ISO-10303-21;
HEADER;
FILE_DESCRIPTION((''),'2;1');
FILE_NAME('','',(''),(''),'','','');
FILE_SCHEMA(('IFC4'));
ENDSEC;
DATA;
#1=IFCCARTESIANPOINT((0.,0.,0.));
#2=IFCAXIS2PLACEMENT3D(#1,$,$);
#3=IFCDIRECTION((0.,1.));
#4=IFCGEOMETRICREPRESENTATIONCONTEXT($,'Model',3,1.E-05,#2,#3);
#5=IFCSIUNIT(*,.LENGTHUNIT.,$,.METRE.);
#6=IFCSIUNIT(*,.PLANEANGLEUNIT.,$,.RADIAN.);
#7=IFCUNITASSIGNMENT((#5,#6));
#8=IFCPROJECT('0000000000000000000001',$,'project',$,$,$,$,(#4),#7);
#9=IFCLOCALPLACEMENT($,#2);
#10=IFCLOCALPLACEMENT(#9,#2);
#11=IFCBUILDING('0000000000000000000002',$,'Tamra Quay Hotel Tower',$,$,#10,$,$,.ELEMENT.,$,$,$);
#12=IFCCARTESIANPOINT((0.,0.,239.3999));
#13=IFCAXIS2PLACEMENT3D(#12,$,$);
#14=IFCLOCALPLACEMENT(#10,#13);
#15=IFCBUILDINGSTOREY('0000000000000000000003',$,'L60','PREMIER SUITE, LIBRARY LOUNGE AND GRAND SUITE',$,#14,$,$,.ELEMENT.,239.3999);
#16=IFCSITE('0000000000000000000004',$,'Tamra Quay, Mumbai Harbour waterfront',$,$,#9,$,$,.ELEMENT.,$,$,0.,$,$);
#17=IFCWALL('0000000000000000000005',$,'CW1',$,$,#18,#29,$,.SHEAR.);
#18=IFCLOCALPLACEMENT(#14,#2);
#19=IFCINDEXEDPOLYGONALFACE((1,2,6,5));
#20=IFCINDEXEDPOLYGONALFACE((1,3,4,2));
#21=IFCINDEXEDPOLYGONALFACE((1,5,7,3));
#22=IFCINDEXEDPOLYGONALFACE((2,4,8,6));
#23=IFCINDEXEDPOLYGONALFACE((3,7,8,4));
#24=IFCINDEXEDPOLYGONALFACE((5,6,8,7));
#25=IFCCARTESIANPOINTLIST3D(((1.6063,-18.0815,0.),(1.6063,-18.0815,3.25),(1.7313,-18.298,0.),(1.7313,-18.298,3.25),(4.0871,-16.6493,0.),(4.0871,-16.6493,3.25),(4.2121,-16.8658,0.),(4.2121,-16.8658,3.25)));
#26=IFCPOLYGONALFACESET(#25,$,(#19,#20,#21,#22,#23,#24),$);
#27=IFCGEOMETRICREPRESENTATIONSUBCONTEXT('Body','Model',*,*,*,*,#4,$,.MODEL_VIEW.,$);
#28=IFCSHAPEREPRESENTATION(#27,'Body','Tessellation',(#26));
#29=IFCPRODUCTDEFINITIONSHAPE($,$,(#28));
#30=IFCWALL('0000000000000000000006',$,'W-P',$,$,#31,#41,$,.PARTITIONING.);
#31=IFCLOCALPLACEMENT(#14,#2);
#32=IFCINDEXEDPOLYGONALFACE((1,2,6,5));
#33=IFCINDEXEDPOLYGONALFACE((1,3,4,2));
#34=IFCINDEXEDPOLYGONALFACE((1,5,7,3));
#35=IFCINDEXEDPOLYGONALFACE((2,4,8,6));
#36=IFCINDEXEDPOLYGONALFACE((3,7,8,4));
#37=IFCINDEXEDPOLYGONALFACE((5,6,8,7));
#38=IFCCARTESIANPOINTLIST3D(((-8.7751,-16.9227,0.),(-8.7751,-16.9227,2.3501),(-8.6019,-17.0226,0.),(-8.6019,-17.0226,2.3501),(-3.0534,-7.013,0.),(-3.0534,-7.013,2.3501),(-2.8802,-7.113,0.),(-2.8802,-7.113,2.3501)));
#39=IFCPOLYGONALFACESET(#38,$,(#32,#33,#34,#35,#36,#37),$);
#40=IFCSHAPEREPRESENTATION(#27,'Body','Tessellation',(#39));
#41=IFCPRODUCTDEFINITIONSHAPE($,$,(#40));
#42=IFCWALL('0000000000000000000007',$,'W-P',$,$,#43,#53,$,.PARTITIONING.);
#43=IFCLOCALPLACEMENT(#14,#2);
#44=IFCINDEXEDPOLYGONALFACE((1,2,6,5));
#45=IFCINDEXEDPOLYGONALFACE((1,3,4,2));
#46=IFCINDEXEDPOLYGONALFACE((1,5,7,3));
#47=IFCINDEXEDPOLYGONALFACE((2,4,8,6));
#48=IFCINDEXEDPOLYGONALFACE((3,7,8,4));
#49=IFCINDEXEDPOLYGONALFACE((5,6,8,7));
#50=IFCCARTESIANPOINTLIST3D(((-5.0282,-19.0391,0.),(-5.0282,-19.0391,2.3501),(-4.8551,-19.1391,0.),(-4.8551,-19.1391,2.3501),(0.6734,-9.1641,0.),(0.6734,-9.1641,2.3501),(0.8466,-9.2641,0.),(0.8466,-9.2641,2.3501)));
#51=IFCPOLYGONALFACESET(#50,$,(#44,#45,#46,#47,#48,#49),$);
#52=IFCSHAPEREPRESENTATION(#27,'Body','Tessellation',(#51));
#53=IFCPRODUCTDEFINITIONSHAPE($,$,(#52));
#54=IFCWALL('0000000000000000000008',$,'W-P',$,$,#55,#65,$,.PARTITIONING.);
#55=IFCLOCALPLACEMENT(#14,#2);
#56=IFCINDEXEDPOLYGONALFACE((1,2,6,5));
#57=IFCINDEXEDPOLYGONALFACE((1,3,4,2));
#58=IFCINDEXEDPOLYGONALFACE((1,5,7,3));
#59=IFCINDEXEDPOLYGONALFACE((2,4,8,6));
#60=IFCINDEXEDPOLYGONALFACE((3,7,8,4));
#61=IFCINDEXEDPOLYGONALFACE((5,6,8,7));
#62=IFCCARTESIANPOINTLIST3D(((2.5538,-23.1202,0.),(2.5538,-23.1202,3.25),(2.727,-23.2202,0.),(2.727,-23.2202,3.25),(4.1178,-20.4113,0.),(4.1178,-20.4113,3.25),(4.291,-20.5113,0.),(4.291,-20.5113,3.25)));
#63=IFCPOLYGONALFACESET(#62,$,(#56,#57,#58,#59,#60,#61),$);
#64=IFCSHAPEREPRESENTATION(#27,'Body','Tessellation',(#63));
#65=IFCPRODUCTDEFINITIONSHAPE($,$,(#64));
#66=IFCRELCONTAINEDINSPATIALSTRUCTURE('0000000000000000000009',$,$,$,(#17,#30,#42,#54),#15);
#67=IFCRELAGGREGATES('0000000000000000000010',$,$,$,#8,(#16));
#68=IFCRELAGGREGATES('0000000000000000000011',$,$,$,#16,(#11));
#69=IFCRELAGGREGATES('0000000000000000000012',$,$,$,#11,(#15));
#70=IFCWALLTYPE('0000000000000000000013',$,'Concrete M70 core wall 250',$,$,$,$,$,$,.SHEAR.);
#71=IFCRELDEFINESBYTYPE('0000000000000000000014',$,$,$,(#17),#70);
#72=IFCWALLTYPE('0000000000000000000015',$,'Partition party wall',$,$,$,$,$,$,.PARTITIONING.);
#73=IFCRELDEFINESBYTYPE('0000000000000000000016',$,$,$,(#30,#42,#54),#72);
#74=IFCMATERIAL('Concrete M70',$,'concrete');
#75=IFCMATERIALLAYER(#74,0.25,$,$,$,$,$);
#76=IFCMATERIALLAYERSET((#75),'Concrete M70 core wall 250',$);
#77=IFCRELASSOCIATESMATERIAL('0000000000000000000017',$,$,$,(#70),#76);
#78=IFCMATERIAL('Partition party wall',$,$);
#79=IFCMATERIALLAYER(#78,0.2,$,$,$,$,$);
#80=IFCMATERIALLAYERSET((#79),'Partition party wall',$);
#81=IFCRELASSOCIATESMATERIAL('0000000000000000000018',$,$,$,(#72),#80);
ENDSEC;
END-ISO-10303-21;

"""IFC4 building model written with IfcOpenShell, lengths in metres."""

from ifc_helpers import new_model, si_unit, direction, frame, frame_2d, origin, place, context, subcontext, project, spatial, rectangle, extrude, material, layer, layer_set, type_object, element, save


model = new_model("IFC4")

# Units and contexts
model_context = context("Model", 3, precision=1e-05, world=origin(), true_north=direction((0.0, 1.0)))
body_context = subcontext(model_context, "Body", "Model", "MODEL_VIEW")
ifc_project = project(units=[si_unit("LENGTHUNIT", "METRE"), si_unit("PLANEANGLEUNIT", "RADIAN")], contexts=[model_context])

# Site, building, storey
site_placement = place(None, origin())
site = spatial("IfcSite", under=ifc_project, at=site_placement, Name="Tamra Quay, Mumbai Harbour waterfront", CompositionType="ELEMENT", RefElevation=0.0)
building_placement = place(site_placement, origin())
building = spatial("IfcBuilding", under=site, at=building_placement, Name="Tamra Quay Hotel Tower", CompositionType="ELEMENT")
storey_placement = place(building_placement, frame((0.0, 0.0, 239.3999)))
storey = spatial("IfcBuildingStorey", under=building, at=storey_placement, Name="L60", Description="PREMIER SUITE, LIBRARY LOUNGE AND GRAND SUITE", CompositionType="ELEMENT", Elevation=239.3999)

# Shared definitions
ifc_material_1 = material(Name="Concrete M70", Category="concrete")

# Walls
ifc_layer_1 = layer(ifc_material_1, 0.25)
ifc_layer_set_1 = layer_set([ifc_layer_1], Name="Concrete M70 core wall 250")
wall_type_1 = type_object("IfcWallType", Name="Concrete M70 core wall 250", PredefinedType="SHEAR", material=ifc_layer_set_1)
wall_1_placement = place(storey_placement, frame((1.6689, -18.1897, 0.0), z_axis=(0.0, 0.0, 1.0), x_axis=(0.866042, 0.499971, 0.0)))
element("IfcWall", 1, at=wall_1_placement, inside=storey, type_object=wall_type_1, Name="CW1", PredefinedType="SHEAR", context=body_context, shape_type="SweptSolid", body=[
    extrude(rectangle(XDim=2.8645, YDim=0.25, at=frame_2d((1.4321, 0.0))), origin(), (0.0, 0.0, 1.0), 3.25),
])
ifc_material_2 = material(Name="Partition party wall")
ifc_layer_2 = layer(ifc_material_2, 0.2)
ifc_layer_set_2 = layer_set([ifc_layer_2], Name="Partition party wall")
wall_type_2 = type_object("IfcWallType", Name="Partition party wall", PredefinedType="PARTITIONING", material=ifc_layer_set_2)
wall_2_placement = place(storey_placement, frame((-8.6885, -16.9727, 0.0), z_axis=(0.0, 0.0, 1.0), x_axis=(0.500022, 0.866013, 0.0)))
element("IfcWall", 2, at=wall_2_placement, inside=storey, type_object=wall_type_2, Name="W-P", PredefinedType="PARTITIONING", context=body_context, shape_type="SweptSolid", body=[
    extrude(rectangle(XDim=11.4429, YDim=0.2, at=frame_2d((5.7214, 0.0))), origin(), (0.0, 0.0, 1.0), 2.3501),
])
wall_3_placement = place(storey_placement, frame((-4.9417, -19.0891, 0.0), z_axis=(0.0, 0.0, 1.0), x_axis=(0.500021, 0.866013, 0.0)))
element("IfcWall", 3, at=wall_3_placement, inside=storey, type_object=wall_type_2, Name="W-P", PredefinedType="PARTITIONING", context=body_context, shape_type="SweptSolid", body=[
    extrude(rectangle(XDim=11.4028, YDim=0.2, at=frame_2d((5.7014, 0.0))), origin(), (0.0, 0.0, 1.0), 2.3501),
])
wall_4_placement = place(storey_placement, frame((2.6404, -23.1702, 0.0), z_axis=(0.0, 0.0, 1.0), x_axis=(0.500017, 0.866015, 0.0)))
element("IfcWall", 4, at=wall_4_placement, inside=storey, type_object=wall_type_2, Name="W-P", PredefinedType="PARTITIONING", context=body_context, shape_type="SweptSolid", body=[
    extrude(rectangle(XDim=3.1279, YDim=0.2, at=frame_2d((1.564, 0.0))), origin(), (0.0, 0.0, 1.0), 3.25),
])

save(model, "model.ifc")
